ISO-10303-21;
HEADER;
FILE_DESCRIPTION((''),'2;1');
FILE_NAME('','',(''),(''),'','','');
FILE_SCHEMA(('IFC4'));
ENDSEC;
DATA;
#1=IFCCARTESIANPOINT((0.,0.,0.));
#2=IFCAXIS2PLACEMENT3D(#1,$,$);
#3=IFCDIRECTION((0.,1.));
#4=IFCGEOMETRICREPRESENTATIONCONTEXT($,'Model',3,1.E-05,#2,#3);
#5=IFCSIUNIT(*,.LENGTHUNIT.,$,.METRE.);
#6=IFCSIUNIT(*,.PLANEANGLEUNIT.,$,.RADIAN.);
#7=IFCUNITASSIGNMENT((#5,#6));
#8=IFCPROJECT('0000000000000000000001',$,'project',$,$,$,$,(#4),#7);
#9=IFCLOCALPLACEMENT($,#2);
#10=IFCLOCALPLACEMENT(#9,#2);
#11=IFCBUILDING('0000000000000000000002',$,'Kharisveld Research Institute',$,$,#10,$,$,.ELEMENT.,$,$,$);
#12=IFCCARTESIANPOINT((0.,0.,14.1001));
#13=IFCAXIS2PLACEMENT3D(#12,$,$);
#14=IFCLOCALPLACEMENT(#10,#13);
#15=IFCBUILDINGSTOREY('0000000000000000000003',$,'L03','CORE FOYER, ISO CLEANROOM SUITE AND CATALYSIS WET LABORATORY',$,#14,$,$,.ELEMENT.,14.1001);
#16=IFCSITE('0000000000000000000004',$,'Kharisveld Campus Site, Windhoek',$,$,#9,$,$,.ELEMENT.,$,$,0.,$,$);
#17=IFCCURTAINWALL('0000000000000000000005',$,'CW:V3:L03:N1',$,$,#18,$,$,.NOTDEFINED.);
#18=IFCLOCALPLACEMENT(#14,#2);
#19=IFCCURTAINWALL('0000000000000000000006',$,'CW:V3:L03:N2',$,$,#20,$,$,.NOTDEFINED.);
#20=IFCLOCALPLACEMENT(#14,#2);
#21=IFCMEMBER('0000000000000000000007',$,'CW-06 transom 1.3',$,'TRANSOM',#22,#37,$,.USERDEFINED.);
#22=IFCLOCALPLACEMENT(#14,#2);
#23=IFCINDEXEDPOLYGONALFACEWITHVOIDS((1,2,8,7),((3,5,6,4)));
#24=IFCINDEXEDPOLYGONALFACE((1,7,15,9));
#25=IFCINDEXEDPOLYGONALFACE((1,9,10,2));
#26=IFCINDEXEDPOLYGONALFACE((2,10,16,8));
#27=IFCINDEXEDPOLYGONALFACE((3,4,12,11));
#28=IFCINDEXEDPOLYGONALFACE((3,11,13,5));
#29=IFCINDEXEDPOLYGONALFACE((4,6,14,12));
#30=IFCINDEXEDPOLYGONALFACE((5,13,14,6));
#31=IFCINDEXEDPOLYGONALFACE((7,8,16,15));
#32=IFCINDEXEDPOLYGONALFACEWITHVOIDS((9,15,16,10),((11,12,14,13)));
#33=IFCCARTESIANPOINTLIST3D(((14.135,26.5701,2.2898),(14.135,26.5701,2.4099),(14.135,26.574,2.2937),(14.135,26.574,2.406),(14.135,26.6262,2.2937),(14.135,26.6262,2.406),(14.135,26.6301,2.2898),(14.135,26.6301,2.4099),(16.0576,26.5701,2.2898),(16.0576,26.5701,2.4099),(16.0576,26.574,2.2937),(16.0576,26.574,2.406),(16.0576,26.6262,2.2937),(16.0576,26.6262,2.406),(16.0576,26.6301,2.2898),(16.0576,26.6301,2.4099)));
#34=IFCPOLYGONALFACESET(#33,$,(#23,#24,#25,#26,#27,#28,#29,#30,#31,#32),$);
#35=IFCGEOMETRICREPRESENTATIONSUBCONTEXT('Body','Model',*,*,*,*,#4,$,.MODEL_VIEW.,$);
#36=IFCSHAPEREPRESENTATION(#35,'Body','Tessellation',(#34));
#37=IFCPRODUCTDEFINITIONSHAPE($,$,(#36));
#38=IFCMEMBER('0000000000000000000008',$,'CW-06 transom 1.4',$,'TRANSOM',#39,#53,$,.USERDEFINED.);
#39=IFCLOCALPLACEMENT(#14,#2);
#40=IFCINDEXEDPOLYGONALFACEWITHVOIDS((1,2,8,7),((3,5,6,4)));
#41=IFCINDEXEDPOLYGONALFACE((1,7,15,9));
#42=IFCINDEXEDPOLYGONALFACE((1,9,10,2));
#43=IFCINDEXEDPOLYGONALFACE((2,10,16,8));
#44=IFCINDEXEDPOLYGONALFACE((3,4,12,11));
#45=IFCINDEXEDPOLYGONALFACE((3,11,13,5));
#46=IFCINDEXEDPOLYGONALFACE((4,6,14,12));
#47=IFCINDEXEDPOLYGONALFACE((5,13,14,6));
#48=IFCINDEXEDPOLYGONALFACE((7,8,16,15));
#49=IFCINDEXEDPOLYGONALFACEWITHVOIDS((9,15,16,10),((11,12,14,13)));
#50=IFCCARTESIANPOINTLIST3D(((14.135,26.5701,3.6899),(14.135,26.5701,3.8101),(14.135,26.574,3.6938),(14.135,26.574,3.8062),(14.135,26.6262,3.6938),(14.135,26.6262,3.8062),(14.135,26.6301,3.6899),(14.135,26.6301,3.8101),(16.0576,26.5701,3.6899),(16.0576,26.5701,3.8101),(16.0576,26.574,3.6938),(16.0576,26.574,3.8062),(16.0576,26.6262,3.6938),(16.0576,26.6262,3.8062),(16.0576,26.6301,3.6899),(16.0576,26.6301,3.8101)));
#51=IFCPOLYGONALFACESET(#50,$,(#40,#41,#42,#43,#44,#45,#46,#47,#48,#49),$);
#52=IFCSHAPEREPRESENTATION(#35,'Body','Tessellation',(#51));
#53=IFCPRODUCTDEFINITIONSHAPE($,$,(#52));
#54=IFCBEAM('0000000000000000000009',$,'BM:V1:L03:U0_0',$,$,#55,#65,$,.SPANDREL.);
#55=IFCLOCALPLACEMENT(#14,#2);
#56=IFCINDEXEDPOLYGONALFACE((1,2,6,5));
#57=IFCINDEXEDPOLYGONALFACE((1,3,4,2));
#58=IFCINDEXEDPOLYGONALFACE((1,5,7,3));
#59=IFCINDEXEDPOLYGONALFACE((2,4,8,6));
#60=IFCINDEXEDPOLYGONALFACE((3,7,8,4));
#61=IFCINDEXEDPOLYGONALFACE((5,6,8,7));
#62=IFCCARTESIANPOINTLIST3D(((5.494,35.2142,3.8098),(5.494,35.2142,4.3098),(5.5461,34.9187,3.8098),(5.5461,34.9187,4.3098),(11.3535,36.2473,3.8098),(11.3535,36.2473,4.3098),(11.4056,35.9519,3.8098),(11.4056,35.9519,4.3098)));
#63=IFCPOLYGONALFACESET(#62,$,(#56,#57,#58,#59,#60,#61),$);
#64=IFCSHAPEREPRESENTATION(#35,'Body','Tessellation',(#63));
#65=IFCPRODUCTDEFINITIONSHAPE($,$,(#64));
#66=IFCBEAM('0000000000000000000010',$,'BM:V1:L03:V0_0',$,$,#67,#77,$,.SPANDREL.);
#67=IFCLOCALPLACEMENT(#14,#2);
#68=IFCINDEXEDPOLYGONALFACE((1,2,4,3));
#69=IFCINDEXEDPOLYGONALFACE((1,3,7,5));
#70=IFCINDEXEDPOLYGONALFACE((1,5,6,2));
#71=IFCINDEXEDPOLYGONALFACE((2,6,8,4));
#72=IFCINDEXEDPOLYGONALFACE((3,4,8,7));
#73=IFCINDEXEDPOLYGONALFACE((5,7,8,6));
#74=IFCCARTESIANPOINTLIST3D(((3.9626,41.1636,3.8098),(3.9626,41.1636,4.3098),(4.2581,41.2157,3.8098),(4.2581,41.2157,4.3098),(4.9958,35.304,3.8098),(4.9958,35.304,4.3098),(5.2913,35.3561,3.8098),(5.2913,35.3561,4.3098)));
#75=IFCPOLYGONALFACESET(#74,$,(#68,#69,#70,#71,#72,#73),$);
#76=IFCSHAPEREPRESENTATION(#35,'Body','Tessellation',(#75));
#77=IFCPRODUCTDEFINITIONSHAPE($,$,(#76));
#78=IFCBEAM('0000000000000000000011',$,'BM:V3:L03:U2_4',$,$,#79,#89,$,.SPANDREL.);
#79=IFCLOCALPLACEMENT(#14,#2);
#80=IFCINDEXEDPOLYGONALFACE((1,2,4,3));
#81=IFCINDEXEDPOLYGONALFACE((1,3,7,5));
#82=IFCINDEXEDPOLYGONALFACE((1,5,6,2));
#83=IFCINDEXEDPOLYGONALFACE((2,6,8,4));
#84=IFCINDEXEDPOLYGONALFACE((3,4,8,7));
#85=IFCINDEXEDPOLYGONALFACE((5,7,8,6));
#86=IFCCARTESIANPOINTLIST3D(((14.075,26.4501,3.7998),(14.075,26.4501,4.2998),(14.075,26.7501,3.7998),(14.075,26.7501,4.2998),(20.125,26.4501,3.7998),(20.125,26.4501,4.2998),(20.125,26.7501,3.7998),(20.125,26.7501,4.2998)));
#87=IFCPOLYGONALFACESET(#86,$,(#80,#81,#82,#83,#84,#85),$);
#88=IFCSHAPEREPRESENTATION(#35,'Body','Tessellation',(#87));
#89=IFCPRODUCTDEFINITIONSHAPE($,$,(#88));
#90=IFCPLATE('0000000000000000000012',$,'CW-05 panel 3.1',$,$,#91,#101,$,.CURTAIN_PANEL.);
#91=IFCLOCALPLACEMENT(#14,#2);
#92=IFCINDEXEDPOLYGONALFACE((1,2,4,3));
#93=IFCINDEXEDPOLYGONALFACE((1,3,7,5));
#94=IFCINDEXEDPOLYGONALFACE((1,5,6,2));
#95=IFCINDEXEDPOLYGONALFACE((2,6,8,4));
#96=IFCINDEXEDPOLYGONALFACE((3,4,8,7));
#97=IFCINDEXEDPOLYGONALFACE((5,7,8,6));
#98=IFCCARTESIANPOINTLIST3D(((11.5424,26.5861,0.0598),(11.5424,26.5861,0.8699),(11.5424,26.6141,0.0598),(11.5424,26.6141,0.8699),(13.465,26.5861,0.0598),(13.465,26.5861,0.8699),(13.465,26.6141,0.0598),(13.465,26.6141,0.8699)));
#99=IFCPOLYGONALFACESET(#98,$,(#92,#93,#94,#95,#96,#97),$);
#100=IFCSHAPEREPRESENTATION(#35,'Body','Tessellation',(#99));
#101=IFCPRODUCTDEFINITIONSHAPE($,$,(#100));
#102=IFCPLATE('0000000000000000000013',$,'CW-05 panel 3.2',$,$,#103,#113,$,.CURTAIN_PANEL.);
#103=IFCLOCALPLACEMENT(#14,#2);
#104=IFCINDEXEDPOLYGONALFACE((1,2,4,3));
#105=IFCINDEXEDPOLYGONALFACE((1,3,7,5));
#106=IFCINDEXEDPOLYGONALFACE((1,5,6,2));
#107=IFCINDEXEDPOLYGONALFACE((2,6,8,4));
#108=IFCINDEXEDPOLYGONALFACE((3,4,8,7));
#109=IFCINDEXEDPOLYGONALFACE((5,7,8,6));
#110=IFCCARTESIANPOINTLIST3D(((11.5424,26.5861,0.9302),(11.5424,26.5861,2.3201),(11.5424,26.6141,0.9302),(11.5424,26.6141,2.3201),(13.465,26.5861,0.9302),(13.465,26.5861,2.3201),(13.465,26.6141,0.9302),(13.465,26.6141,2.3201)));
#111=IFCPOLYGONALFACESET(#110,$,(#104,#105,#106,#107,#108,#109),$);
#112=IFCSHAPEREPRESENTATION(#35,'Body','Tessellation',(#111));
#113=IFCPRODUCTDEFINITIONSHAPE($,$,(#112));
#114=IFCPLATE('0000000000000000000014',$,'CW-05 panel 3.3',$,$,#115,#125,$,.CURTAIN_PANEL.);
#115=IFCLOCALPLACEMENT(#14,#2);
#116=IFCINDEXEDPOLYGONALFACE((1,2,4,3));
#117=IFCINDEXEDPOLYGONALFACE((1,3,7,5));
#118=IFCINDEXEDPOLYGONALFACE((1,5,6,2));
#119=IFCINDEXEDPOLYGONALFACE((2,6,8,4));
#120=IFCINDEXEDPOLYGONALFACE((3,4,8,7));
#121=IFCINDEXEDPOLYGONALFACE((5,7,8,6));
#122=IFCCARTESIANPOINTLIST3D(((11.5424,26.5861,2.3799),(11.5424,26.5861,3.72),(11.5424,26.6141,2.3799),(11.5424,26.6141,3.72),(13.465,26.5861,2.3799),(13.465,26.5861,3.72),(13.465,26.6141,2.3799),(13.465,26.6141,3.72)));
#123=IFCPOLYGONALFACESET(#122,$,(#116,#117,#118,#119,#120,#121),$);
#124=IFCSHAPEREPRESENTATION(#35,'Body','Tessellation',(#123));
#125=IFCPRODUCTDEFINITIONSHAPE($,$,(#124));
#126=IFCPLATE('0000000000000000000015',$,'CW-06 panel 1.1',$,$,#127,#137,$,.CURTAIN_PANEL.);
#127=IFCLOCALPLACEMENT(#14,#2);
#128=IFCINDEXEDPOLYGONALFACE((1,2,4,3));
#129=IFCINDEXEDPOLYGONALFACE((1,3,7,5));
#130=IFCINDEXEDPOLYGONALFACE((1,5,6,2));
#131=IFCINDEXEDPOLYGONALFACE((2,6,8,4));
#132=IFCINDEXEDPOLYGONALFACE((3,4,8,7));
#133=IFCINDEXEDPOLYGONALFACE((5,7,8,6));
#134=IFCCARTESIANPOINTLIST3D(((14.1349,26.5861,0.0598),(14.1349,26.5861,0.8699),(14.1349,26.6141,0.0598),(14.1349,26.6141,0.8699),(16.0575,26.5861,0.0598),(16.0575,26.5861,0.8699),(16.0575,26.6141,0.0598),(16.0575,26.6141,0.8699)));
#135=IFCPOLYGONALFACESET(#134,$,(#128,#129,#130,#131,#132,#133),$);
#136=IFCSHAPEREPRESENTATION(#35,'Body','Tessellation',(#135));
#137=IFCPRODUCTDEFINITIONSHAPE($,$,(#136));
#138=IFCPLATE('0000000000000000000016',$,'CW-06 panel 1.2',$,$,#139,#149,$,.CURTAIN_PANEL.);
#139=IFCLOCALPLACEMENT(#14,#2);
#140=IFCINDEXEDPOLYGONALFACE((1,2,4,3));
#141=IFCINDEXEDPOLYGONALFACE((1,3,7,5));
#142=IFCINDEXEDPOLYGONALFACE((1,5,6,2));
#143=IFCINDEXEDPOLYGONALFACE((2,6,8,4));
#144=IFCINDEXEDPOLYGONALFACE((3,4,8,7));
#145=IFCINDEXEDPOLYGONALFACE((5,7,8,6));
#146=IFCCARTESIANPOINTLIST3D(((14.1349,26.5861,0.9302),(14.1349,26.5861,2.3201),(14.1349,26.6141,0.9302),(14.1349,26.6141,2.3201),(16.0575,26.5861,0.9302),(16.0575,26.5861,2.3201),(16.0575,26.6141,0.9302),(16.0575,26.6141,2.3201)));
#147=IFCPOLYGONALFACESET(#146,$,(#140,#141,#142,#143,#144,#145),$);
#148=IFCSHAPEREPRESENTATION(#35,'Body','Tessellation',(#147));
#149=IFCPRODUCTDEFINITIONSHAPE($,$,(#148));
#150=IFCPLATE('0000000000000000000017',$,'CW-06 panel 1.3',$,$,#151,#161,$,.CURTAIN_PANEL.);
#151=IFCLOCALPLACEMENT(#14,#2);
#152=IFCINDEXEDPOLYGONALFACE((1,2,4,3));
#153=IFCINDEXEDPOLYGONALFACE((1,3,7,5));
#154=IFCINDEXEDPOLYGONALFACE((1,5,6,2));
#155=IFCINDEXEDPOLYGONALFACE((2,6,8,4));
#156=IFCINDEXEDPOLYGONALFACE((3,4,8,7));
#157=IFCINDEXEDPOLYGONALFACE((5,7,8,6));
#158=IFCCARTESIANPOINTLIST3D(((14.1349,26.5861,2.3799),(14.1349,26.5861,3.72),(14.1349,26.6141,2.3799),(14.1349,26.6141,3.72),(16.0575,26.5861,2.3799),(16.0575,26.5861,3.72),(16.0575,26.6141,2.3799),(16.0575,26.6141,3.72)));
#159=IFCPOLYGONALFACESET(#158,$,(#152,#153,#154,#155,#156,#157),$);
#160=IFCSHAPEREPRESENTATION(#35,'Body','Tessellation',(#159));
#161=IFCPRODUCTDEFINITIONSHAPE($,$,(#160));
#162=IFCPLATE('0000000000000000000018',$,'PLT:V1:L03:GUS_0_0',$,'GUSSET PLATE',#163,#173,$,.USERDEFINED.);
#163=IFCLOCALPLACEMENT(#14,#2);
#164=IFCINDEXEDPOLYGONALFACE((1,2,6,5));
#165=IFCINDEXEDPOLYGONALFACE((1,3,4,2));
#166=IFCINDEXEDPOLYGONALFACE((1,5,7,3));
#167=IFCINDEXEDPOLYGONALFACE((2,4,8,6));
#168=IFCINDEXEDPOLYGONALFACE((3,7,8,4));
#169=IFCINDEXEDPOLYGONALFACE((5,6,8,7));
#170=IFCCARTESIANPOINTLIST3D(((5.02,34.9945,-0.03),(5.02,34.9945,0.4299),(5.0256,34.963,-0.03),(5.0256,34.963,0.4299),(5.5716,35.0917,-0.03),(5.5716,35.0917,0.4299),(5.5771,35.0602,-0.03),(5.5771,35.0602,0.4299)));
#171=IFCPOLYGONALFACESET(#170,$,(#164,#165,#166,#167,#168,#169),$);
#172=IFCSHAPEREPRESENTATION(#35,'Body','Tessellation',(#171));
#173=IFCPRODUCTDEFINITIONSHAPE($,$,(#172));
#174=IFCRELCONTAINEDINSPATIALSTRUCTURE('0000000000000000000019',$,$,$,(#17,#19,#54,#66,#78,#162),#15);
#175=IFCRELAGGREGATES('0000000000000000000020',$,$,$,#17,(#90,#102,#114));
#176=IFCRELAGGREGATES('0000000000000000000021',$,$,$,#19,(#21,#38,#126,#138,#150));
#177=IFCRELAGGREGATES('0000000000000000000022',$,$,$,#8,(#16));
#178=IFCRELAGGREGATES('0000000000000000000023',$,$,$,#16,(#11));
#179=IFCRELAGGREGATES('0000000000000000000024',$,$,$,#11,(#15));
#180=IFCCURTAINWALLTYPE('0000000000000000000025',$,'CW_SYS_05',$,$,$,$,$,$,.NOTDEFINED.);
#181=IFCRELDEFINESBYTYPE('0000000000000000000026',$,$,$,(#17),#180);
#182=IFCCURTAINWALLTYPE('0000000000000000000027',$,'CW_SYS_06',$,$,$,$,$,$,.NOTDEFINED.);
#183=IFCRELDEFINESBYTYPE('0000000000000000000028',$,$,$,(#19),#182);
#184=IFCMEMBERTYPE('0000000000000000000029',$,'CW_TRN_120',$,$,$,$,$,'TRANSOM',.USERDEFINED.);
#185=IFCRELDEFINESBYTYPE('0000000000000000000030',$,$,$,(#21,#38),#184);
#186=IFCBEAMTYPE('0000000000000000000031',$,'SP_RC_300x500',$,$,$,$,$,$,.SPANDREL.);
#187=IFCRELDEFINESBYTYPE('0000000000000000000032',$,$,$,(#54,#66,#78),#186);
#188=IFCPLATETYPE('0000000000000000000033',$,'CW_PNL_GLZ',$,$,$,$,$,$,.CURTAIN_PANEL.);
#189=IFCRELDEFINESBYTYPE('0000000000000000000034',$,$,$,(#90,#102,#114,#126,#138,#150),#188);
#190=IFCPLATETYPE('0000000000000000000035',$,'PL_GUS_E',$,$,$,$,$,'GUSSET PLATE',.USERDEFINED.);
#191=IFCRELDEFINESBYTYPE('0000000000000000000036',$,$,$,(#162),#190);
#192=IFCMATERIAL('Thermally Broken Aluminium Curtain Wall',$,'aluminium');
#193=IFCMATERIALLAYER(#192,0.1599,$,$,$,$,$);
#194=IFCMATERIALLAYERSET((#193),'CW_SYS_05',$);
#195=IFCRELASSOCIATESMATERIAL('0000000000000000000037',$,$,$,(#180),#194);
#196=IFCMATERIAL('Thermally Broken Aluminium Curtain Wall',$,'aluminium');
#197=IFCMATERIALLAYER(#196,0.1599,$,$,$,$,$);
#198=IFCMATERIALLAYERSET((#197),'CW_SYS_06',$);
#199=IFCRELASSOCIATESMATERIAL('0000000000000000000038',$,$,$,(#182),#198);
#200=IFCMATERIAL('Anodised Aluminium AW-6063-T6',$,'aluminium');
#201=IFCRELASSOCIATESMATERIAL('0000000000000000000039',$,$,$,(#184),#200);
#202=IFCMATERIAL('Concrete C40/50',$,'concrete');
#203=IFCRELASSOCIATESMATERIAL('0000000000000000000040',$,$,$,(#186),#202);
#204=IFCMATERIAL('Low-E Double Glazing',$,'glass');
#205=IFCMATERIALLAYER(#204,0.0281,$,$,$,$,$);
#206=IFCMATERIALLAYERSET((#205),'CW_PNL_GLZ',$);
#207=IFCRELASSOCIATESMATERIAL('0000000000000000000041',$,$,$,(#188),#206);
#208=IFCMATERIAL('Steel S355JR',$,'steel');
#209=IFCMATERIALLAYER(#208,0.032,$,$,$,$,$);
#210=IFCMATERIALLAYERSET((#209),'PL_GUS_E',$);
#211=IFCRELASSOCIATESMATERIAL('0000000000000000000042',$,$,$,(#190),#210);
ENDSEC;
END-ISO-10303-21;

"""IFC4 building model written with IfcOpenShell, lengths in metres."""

from ifc_helpers import new_model, si_unit, direction, frame, origin, origin_2d, place, context, subcontext, project, spatial, rectangle, hollow_rectangle, extrude, material, layer, layer_set, material_profile, profile_set, type_object, element, aggregate, save


model = new_model("IFC4")

# Units and contexts
model_context = context("Model", 3, precision=1e-05, world=origin(), true_north=direction((0.0, 1.0)))
body_context = subcontext(model_context, "Body", "Model", "MODEL_VIEW")
ifc_project = project(units=[si_unit("LENGTHUNIT", "METRE"), si_unit("PLANEANGLEUNIT", "RADIAN")], contexts=[model_context])

# Site, building, storey
site_placement = place(None, origin())
site = spatial("IfcSite", under=ifc_project, at=site_placement, Name="Kharisveld Campus Site, Windhoek", CompositionType="ELEMENT", RefElevation=0.0)
building_placement = place(site_placement, origin())
building = spatial("IfcBuilding", under=site, at=building_placement, Name="Kharisveld Research Institute", CompositionType="ELEMENT")
storey_placement = place(building_placement, frame((0.0, 0.0, 14.1001)))
storey = spatial("IfcBuildingStorey", under=building, at=storey_placement, Name="L03", Description="CORE FOYER, ISO CLEANROOM SUITE AND CATALYSIS WET LABORATORY", CompositionType="ELEMENT", Elevation=14.1001)

# Curtain walls
ifc_material_1 = material(Name="Thermally Broken Aluminium Curtain Wall", Category="aluminium")
ifc_layer_1 = layer(ifc_material_1, 0.1599)
ifc_layer_set_1 = layer_set([ifc_layer_1], Name="CW_SYS_05")
curtain_wall_type_1 = type_object("IfcCurtainWallType", Name="CW_SYS_05", PredefinedType="NOTDEFINED", material=ifc_layer_set_1)
curtain_wall_1_placement = place(storey_placement, origin())
curtain_wall_1 = element("IfcCurtainWall", 1, at=curtain_wall_1_placement, inside=storey, type_object=curtain_wall_type_1, Name="CW:V3:L03:N1", PredefinedType="NOTDEFINED")
ifc_material_2 = material(Name="Thermally Broken Aluminium Curtain Wall", Category="aluminium")
ifc_layer_2 = layer(ifc_material_2, 0.1599)
ifc_layer_set_2 = layer_set([ifc_layer_2], Name="CW_SYS_06")
curtain_wall_type_2 = type_object("IfcCurtainWallType", Name="CW_SYS_06", PredefinedType="NOTDEFINED", material=ifc_layer_set_2)
curtain_wall_2_placement = place(storey_placement, origin())
curtain_wall_2 = element("IfcCurtainWall", 2, at=curtain_wall_2_placement, inside=storey, type_object=curtain_wall_type_2, Name="CW:V3:L03:N2", PredefinedType="NOTDEFINED")

# Members
ifc_material_3 = material(Name="Anodised Aluminium AW-6063-T6", Category="aluminium")
ifc_material_profile_1 = material_profile(ifc_material_3, hollow_rectangle(XDim=0.0601, YDim=0.1201, WallThickness=0.0039, at=origin_2d()))
ifc_profile_set_1 = profile_set([ifc_material_profile_1], Name="Anodised Aluminium AW-6063-T6")
member_type_1 = type_object("IfcMemberType", Name="CW_TRN_120", ElementType="TRANSOM", PredefinedType="USERDEFINED", material=ifc_profile_set_1)
member_1_placement = place(storey_placement, frame((14.135, 26.6001, 2.3499), z_axis=(1.0, 0.0, 0.0), x_axis=(0.0, 1.0, 0.0)))
member_1 = element("IfcMember", 3, at=member_1_placement, type_object=member_type_1, Name="CW-06 transom 1.3", ObjectType="TRANSOM", PredefinedType="USERDEFINED", context=body_context, shape_type="SweptSolid", body=[
    extrude(hollow_rectangle(XDim=0.0601, YDim=0.1201, WallThickness=0.0039, at=origin_2d()), origin(), (0.0, 0.0, 1.0), 1.9226),
])
member_2_placement = place(storey_placement, frame((14.135, 26.6001, 3.75), z_axis=(1.0, 0.0, 0.0), x_axis=(0.0, 1.0, 0.0)))
member_2 = element("IfcMember", 4, at=member_2_placement, type_object=member_type_1, Name="CW-06 transom 1.4", ObjectType="TRANSOM", PredefinedType="USERDEFINED", context=body_context, shape_type="SweptSolid", body=[
    extrude(hollow_rectangle(XDim=0.0601, YDim=0.1201, WallThickness=0.0039, at=origin_2d()), origin(), (0.0, 0.0, 1.0), 1.9226),
])

# Beams
ifc_material_4 = material(Name="Concrete C40/50", Category="concrete")
ifc_material_profile_2 = material_profile(ifc_material_4, rectangle(XDim=0.3, YDim=0.5, at=origin_2d()))
ifc_profile_set_2 = profile_set([ifc_material_profile_2], Name="Concrete C40/50")
beam_type = type_object("IfcBeamType", Name="SP_RC_300x500", PredefinedType="SPANDREL", material=ifc_profile_set_2)
for number, where, z_axis, x_axis, name in (
    (5, (5.52, 35.0664, 4.0598), (0.984808, 0.173647, 0.0), (-0.173647, 0.984808, 0.0), "BM:V1:L03:U0_0"),
    (6, (5.1436, 35.3301, 4.0598), (-0.173647, 0.984808, 0.0), (-0.984808, -0.173647, 0.0), "BM:V1:L03:V0_0"),
):
    element("IfcBeam", number, at=place(storey_placement, frame(where, z_axis=z_axis, x_axis=x_axis)), inside=storey, type_object=beam_type, Name=name, PredefinedType="SPANDREL", context=body_context, shape_type="SweptSolid", body=[
        extrude(rectangle(XDim=0.3, YDim=0.5, at=origin_2d()), origin(), (0.0, 0.0, 1.0), 5.95),
    ])
beam_placement = place(storey_placement, frame((14.075, 26.6001, 4.0498), z_axis=(1.0, 0.0, 0.0), x_axis=(0.0, 1.0, 0.0)))
element("IfcBeam", 7, at=beam_placement, inside=storey, type_object=beam_type, Name="BM:V3:L03:U2_4", PredefinedType="SPANDREL", context=body_context, shape_type="SweptSolid", body=[
    extrude(rectangle(XDim=0.3, YDim=0.5, at=origin_2d()), origin(), (0.0, 0.0, 1.0), 6.05),
])

# Plates
ifc_material_5 = material(Name="Low-E Double Glazing", Category="glass")
ifc_layer_3 = layer(ifc_material_5, 0.0281)
ifc_layer_set_3 = layer_set([ifc_layer_3], Name="CW_PNL_GLZ")
plate_type_1 = type_object("IfcPlateType", Name="CW_PNL_GLZ", PredefinedType="CURTAIN_PANEL", material=ifc_layer_set_3)
plate_1_placement = place(storey_placement, frame((12.5037, 26.6001, 0.0598), z_axis=(0.0, 0.0, 1.0), x_axis=(1.0, 0.0, 0.0)))
plate_1 = element("IfcPlate", 8, at=plate_1_placement, type_object=plate_type_1, Name="CW-05 panel 3.1", PredefinedType="CURTAIN_PANEL", context=body_context, shape_type="SweptSolid", body=[
    extrude(rectangle(XDim=1.9226, YDim=0.0281, at=origin_2d()), origin(), (0.0, 0.0, 1.0), 0.8101),
])
plate_2_placement = place(storey_placement, frame((12.5037, 26.6001, 0.9302), z_axis=(0.0, 0.0, 1.0), x_axis=(1.0, 0.0, 0.0)))
plate_2 = element("IfcPlate", 9, at=plate_2_placement, type_object=plate_type_1, Name="CW-05 panel 3.2", PredefinedType="CURTAIN_PANEL", context=body_context, shape_type="SweptSolid", body=[
    extrude(rectangle(XDim=1.9226, YDim=0.0281, at=origin_2d()), origin(), (0.0, 0.0, 1.0), 1.3899),
])
plate_3_placement = place(storey_placement, frame((12.5037, 26.6001, 2.3799), z_axis=(0.0, 0.0, 1.0), x_axis=(1.0, 0.0, 0.0)))
plate_3 = element("IfcPlate", 10, at=plate_3_placement, type_object=plate_type_1, Name="CW-05 panel 3.3", PredefinedType="CURTAIN_PANEL", context=body_context, shape_type="SweptSolid", body=[
    extrude(rectangle(XDim=1.9226, YDim=0.0281, at=origin_2d()), origin(), (0.0, 0.0, 1.0), 1.3401),
])
aggregate(curtain_wall_1, [plate_1, plate_2, plate_3])
plate_4_placement = place(storey_placement, frame((15.0962, 26.6001, 0.0598), z_axis=(0.0, 0.0, 1.0), x_axis=(1.0, 0.0, 0.0)))
plate_4 = element("IfcPlate", 11, at=plate_4_placement, type_object=plate_type_1, Name="CW-06 panel 1.1", PredefinedType="CURTAIN_PANEL", context=body_context, shape_type="SweptSolid", body=[
    extrude(rectangle(XDim=1.9226, YDim=0.0281, at=origin_2d()), origin(), (0.0, 0.0, 1.0), 0.8101),
])
plate_5_placement = place(storey_placement, frame((15.0962, 26.6001, 0.9302), z_axis=(0.0, 0.0, 1.0), x_axis=(1.0, 0.0, 0.0)))
plate_5 = element("IfcPlate", 12, at=plate_5_placement, type_object=plate_type_1, Name="CW-06 panel 1.2", PredefinedType="CURTAIN_PANEL", context=body_context, shape_type="SweptSolid", body=[
    extrude(rectangle(XDim=1.9226, YDim=0.0281, at=origin_2d()), origin(), (0.0, 0.0, 1.0), 1.3899),
])
plate_6_placement = place(storey_placement, frame((15.0962, 26.6001, 2.3799), z_axis=(0.0, 0.0, 1.0), x_axis=(1.0, 0.0, 0.0)))
plate_6 = element("IfcPlate", 13, at=plate_6_placement, type_object=plate_type_1, Name="CW-06 panel 1.3", PredefinedType="CURTAIN_PANEL", context=body_context, shape_type="SweptSolid", body=[
    extrude(rectangle(XDim=1.9226, YDim=0.0281, at=origin_2d()), origin(), (0.0, 0.0, 1.0), 1.3401),
])
aggregate(curtain_wall_2, [member_1, member_2, plate_4, plate_5, plate_6])
ifc_material_6 = material(Name="Steel S355JR", Category="steel")
ifc_layer_4 = layer(ifc_material_6, 0.032)
ifc_layer_set_4 = layer_set([ifc_layer_4], Name="PL_GUS_E")
plate_type_2 = type_object("IfcPlateType", Name="PL_GUS_E", ElementType="GUSSET PLATE", PredefinedType="USERDEFINED", material=ifc_layer_set_4)
plate_7_placement = place(storey_placement, frame((5.2986, 35.0273, -0.03), z_axis=(0.0, 0.0, 1.0), x_axis=(0.984808, 0.173648, 0.0)))
element("IfcPlate", 14, at=plate_7_placement, inside=storey, type_object=plate_type_2, Name="PLT:V1:L03:GUS_0_0", ObjectType="GUSSET PLATE", PredefinedType="USERDEFINED", context=body_context, shape_type="SweptSolid", body=[
    extrude(rectangle(XDim=0.5601, YDim=0.032, at=origin_2d()), origin(), (0.0, 0.0, 1.0), 0.46),
])

save(model, "model.ifc")
